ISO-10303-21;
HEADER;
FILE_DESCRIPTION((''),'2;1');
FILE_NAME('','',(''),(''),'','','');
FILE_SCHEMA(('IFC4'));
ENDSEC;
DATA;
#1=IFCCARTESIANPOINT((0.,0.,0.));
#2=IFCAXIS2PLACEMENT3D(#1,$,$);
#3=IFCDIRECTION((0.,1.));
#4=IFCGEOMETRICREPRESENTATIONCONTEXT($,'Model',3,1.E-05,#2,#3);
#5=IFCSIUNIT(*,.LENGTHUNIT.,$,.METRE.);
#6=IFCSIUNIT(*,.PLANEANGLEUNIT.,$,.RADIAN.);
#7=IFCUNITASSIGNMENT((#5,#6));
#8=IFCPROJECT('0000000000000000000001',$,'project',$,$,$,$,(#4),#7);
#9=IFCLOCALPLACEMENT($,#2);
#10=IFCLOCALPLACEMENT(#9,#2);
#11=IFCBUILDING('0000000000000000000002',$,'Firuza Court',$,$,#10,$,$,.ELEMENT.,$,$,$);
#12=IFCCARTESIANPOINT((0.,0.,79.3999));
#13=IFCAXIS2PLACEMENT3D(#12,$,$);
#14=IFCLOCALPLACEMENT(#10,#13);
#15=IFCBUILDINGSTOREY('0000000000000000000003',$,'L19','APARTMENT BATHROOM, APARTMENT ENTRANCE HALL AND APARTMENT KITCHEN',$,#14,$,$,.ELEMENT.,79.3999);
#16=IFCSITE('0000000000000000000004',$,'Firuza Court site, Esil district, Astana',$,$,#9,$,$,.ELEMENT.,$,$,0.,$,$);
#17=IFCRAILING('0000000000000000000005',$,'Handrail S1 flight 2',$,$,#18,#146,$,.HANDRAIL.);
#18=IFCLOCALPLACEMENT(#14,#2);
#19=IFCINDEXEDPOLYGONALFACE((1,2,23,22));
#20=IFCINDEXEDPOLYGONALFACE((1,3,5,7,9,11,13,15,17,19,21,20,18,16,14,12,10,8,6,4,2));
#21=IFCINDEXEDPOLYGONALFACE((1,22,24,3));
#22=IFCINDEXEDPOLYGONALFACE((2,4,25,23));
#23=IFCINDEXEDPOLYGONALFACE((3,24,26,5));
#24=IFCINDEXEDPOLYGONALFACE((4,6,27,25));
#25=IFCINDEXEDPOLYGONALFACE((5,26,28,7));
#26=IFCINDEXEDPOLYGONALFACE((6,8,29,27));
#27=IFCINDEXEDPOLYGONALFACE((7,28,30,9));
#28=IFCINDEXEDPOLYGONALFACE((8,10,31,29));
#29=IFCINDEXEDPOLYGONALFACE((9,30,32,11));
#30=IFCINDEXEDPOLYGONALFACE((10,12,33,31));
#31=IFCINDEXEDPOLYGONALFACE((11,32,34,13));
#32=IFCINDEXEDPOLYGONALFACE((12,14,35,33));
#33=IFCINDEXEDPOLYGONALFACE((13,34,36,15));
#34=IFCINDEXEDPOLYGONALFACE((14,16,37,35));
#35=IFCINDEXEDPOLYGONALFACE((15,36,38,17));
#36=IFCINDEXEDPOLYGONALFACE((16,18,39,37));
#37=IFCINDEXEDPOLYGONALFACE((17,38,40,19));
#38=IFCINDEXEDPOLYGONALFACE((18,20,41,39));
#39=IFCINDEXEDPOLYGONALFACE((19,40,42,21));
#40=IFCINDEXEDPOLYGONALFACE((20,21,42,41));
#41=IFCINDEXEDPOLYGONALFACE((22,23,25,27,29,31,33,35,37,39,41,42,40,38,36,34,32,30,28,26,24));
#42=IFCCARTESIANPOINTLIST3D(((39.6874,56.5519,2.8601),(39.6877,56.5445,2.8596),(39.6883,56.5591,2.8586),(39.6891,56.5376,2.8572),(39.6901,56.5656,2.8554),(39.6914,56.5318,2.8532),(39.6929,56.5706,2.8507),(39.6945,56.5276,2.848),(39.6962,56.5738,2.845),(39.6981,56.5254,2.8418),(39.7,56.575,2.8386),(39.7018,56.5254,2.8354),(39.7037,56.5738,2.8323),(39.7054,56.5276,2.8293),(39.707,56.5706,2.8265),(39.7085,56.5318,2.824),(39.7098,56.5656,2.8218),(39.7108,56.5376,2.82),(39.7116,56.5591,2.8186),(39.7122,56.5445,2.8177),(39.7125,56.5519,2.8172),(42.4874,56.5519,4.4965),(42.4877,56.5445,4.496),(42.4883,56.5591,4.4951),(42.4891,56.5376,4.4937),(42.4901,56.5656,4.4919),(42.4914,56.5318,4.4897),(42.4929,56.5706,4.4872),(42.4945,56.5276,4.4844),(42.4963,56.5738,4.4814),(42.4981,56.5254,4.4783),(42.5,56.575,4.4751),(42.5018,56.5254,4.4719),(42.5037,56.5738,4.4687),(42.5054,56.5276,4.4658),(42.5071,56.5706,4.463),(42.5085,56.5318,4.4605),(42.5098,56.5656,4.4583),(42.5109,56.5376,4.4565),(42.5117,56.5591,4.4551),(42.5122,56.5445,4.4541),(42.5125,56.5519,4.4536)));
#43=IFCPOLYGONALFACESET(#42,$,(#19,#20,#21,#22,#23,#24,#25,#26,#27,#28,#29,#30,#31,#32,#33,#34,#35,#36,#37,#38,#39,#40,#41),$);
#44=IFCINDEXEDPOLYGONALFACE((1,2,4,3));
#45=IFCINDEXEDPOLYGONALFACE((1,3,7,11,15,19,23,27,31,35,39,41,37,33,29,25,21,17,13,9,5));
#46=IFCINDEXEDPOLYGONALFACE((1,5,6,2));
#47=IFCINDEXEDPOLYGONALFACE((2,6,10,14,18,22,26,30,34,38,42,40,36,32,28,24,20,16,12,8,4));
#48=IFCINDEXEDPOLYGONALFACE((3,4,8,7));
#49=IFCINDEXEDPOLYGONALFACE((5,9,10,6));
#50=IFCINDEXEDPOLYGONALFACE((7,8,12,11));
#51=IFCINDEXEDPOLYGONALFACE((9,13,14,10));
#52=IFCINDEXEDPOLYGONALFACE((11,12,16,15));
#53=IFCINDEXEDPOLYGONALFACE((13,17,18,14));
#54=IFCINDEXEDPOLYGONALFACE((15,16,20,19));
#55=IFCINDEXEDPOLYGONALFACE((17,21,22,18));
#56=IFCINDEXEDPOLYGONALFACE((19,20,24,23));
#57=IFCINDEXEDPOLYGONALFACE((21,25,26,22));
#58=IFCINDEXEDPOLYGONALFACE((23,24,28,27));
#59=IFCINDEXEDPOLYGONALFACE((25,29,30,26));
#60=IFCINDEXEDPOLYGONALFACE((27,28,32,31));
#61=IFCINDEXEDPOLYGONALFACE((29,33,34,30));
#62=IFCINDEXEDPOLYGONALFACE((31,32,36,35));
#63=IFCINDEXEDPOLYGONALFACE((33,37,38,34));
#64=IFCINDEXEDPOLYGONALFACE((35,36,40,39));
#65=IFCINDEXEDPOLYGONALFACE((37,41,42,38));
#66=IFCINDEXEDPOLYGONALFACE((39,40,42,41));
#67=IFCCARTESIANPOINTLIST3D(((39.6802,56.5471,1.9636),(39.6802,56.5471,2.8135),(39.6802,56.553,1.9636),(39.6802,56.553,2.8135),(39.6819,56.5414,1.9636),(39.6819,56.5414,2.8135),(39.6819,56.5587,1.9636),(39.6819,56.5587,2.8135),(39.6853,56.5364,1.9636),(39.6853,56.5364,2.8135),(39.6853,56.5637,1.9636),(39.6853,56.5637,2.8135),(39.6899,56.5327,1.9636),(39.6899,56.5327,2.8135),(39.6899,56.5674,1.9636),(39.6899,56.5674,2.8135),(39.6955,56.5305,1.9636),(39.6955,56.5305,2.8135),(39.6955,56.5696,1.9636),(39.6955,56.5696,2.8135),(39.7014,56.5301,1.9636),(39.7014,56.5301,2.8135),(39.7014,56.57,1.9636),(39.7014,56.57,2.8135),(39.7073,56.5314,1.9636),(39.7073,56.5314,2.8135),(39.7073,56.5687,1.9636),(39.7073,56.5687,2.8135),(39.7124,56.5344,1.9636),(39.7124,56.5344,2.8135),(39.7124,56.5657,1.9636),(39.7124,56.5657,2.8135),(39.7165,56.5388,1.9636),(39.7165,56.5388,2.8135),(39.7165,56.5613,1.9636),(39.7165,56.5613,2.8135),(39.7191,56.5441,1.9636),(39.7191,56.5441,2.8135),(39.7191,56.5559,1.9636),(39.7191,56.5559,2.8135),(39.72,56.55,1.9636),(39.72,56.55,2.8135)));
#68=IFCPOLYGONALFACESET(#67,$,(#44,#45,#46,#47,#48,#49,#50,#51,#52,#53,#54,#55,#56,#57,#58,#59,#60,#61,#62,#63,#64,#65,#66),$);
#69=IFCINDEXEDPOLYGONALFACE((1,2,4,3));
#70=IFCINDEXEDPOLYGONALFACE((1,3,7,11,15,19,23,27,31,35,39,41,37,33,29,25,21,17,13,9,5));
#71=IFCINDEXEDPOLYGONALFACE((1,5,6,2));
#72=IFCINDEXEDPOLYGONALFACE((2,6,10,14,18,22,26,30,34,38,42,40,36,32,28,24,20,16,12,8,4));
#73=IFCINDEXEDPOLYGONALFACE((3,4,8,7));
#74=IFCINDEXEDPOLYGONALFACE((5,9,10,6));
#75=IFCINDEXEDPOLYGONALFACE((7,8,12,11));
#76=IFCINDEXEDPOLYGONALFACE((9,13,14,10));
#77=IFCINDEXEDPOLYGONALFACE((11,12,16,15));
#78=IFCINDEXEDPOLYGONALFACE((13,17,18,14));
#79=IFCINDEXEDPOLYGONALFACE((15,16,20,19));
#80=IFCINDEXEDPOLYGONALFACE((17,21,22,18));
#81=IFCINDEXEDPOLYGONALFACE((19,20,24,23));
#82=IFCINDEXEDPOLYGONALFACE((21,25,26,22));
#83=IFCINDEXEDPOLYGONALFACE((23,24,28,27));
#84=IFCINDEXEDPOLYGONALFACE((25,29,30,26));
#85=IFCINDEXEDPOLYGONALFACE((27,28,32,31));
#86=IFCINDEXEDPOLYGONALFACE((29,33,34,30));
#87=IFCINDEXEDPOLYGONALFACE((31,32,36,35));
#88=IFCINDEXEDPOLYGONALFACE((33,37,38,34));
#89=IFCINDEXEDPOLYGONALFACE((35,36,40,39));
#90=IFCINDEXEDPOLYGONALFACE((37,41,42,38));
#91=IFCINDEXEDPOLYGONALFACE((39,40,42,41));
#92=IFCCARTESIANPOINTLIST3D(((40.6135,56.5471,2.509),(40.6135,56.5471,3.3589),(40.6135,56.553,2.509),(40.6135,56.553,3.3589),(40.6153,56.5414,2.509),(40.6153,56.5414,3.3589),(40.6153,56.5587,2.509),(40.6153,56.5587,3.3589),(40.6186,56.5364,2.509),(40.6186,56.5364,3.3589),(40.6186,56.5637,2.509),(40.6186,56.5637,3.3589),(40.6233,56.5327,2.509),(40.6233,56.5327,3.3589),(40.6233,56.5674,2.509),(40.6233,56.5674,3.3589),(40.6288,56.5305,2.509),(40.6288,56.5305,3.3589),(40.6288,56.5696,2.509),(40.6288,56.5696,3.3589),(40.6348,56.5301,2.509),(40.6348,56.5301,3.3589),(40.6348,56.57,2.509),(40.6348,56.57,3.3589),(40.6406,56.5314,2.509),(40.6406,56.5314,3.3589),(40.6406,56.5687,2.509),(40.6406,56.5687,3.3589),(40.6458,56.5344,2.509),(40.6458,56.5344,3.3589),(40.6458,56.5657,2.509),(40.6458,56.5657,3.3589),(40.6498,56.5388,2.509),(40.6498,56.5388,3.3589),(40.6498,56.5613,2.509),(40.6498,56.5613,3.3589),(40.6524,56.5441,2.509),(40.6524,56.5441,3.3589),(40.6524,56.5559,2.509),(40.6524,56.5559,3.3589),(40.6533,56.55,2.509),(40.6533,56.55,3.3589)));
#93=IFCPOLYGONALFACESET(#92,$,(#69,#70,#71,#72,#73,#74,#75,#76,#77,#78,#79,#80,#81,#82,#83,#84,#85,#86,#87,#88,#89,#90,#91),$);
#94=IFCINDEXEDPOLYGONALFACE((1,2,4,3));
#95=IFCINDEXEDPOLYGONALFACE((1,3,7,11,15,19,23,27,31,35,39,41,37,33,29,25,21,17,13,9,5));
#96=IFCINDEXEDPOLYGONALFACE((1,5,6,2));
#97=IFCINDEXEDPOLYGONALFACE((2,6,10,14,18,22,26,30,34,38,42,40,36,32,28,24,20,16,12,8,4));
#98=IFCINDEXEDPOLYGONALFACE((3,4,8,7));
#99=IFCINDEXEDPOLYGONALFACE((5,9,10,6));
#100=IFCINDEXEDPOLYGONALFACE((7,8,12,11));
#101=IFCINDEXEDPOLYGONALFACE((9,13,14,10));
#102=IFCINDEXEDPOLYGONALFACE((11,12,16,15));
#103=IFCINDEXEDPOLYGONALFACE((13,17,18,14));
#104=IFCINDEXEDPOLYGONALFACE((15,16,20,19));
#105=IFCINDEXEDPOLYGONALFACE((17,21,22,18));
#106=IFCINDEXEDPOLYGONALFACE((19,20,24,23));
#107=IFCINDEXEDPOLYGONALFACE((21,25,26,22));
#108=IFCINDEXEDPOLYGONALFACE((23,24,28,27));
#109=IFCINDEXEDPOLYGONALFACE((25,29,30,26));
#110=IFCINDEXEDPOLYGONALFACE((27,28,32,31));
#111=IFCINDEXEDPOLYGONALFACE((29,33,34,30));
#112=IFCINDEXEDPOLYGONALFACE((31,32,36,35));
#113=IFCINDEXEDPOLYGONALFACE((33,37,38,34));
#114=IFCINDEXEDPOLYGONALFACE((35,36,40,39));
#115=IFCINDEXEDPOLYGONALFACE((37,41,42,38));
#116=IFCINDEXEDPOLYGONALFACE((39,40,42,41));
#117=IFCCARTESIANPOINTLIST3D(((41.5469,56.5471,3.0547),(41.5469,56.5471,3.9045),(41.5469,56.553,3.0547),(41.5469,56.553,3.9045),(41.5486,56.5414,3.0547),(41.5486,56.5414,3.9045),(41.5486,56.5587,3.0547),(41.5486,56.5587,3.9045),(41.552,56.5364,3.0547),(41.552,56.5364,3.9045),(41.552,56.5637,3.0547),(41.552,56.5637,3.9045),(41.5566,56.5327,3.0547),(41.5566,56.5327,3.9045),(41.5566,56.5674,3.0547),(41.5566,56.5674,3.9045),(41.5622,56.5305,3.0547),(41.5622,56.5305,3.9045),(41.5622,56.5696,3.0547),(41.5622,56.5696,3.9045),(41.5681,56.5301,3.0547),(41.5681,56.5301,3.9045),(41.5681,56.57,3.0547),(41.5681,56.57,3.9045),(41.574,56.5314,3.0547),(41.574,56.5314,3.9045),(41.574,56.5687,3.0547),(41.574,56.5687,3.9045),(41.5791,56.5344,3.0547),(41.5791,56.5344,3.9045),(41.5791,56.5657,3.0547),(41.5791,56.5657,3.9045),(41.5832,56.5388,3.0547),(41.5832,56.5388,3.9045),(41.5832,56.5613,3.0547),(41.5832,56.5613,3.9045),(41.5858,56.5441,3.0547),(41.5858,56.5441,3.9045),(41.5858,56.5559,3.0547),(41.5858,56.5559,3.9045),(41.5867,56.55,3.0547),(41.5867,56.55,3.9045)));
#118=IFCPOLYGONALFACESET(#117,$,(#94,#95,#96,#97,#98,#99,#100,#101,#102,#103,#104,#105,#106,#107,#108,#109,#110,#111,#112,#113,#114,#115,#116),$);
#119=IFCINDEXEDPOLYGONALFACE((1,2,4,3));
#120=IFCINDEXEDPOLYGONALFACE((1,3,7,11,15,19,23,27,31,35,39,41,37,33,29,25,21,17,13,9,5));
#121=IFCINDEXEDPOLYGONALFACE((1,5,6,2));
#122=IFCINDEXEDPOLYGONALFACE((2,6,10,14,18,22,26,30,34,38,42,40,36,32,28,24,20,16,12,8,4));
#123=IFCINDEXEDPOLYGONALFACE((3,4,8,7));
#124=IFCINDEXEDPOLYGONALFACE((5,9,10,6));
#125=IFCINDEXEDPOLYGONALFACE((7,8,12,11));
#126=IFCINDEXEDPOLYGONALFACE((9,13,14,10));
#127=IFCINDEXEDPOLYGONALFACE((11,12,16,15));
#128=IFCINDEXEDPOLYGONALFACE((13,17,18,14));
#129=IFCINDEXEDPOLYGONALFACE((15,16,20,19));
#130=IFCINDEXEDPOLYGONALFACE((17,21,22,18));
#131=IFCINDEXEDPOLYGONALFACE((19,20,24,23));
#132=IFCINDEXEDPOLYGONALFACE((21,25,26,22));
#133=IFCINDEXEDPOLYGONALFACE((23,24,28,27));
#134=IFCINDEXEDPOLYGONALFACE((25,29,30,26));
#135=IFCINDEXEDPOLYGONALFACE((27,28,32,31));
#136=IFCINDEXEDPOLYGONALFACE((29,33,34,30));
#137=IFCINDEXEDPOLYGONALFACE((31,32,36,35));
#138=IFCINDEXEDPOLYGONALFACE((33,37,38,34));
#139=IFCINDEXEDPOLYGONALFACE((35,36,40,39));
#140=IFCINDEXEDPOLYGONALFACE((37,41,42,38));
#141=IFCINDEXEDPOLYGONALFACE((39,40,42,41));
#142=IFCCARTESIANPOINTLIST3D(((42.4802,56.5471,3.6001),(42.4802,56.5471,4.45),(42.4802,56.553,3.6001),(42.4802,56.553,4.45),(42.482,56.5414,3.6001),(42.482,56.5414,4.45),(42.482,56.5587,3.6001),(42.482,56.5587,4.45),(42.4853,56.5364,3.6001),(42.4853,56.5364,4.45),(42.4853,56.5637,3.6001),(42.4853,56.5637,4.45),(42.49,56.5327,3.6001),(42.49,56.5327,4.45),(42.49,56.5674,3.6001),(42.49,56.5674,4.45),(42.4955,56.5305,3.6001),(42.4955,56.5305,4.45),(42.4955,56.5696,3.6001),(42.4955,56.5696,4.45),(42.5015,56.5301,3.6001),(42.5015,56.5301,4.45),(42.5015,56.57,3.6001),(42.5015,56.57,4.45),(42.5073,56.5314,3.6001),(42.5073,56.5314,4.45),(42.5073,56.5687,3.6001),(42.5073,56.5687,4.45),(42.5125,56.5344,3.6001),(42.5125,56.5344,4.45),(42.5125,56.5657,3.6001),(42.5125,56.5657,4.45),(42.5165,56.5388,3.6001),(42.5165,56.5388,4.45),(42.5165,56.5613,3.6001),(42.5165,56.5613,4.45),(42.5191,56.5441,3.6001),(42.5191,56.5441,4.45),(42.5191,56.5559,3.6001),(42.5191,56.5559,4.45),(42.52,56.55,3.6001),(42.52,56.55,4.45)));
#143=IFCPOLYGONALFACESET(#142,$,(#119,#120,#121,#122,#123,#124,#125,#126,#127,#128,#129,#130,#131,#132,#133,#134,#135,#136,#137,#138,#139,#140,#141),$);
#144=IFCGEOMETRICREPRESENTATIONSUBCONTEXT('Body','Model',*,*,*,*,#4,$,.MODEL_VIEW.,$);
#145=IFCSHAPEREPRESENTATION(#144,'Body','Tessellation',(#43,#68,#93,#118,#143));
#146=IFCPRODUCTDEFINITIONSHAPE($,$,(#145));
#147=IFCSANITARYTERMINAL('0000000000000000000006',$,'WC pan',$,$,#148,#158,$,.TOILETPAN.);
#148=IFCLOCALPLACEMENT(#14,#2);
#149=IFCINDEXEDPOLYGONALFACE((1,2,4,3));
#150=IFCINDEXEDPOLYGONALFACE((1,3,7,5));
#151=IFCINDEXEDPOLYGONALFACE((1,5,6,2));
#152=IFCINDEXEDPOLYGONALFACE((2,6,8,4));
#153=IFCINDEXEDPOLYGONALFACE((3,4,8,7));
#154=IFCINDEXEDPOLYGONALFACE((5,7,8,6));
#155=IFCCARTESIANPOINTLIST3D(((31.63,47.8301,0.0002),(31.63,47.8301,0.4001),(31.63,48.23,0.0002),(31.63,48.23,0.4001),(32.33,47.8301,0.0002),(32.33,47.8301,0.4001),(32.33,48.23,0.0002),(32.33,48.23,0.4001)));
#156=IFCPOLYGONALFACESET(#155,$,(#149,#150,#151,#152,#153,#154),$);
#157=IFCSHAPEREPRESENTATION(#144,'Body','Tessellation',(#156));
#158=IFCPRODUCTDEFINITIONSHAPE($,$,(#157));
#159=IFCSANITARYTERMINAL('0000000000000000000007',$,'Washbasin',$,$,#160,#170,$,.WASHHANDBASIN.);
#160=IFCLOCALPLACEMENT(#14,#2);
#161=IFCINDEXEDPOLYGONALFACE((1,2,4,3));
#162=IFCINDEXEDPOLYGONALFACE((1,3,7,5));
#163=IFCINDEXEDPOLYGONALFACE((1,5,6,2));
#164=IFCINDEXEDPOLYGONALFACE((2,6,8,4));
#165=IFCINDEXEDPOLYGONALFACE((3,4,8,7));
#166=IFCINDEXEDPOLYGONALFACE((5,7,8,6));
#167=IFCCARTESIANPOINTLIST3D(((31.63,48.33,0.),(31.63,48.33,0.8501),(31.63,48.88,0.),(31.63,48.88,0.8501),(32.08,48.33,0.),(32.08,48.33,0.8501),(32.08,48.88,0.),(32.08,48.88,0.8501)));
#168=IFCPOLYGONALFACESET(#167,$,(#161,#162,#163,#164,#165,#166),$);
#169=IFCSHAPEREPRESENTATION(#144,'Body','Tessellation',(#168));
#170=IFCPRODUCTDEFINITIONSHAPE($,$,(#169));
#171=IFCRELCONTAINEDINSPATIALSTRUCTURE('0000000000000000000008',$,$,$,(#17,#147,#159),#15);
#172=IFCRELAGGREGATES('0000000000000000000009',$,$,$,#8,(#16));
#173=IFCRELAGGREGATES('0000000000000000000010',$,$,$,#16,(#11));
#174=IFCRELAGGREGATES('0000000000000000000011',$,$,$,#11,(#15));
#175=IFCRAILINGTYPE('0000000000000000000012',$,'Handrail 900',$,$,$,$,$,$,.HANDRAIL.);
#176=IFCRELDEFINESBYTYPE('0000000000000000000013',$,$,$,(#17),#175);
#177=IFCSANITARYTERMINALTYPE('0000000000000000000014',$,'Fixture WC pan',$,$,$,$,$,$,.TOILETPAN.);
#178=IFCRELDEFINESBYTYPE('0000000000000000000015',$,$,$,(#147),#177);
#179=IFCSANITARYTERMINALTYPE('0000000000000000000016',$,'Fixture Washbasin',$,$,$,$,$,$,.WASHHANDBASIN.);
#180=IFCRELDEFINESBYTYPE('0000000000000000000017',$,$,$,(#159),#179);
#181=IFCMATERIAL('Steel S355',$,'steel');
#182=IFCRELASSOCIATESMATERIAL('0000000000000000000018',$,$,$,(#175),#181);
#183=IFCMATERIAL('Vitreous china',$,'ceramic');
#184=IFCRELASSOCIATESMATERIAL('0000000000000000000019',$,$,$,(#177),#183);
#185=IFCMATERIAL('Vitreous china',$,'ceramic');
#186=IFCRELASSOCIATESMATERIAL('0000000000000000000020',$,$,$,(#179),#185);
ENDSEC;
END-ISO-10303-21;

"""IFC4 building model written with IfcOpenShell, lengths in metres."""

from ifc_helpers import new_model, si_unit, direction, frame, origin, origin_2d, place, context, subcontext, project, spatial, rectangle, circle, extrude, material, type_object, element, save


model = new_model("IFC4")

# Units and contexts
model_context = context("Model", 3, precision=1e-05, world=origin(), true_north=direction((0.0, 1.0)))
body_context = subcontext(model_context, "Body", "Model", "MODEL_VIEW")
ifc_project = project(units=[si_unit("LENGTHUNIT", "METRE"), si_unit("PLANEANGLEUNIT", "RADIAN")], contexts=[model_context])

# Site, building, storey
site_placement = place(None, origin())
site = spatial("IfcSite", under=ifc_project, at=site_placement, Name="Firuza Court site, Esil district, Astana", CompositionType="ELEMENT", RefElevation=0.0)
building_placement = place(site_placement, origin())
building = spatial("IfcBuilding", under=site, at=building_placement, Name="Firuza Court", CompositionType="ELEMENT")
storey_placement = place(building_placement, frame((0.0, 0.0, 79.3999)))
storey = spatial("IfcBuildingStorey", under=building, at=storey_placement, Name="L19", Description="APARTMENT BATHROOM, APARTMENT ENTRANCE HALL AND APARTMENT KITCHEN", CompositionType="ELEMENT", Elevation=79.3999)

# Railing
ifc_material_1 = material(Name="Steel S355", Category="steel")
railing_type_1 = type_object("IfcRailingType", Name="Handrail 900", PredefinedType="HANDRAIL", material=ifc_material_1)
railing_1_placement = place(storey_placement, frame((39.7, 56.55, 1.9636)))
element("IfcRailing", 1, at=railing_1_placement, inside=storey, type_object=railing_type_1, Name="Handrail S1 flight 2", PredefinedType="HANDRAIL", context=body_context, shape_type="SweptSolid", body=[
    extrude(circle(Radius=0.0249, at=origin_2d()), frame((0.0, 0.0, 0.875), z_axis=(0.863361, 0.0, 0.504587), x_axis=(0.0, 1.0, 0.0)), (0.0, 0.0, 1.0), 3.2432),
    extrude(circle(Radius=0.02, at=origin_2d()), origin(), (0.0, 0.0, 1.0), 0.8499),
    extrude(circle(Radius=0.02, at=origin_2d()), frame((0.9333, 0.0, 0.5454)), (0.0, 0.0, 1.0), 0.8499),
    extrude(circle(Radius=0.02, at=origin_2d()), frame((1.8667, 0.0, 1.0911)), (0.0, 0.0, 1.0), 0.8499),
    extrude(circle(Radius=0.02, at=origin_2d()), frame((2.8, 0.0, 1.6365)), (0.0, 0.0, 1.0), 0.8499),
])

# Sanitary terminals
ifc_material_2 = material(Name="Vitreous china", Category="ceramic")
sanitary_terminal_type_1 = type_object("IfcSanitaryTerminalType", Name="Fixture WC pan", PredefinedType="TOILETPAN", material=ifc_material_2)
sanitary_terminal_1_placement = place(storey_placement, frame((31.98, 48.03, 0.0002), z_axis=(0.0, 0.0, 1.0), x_axis=(1.0, 0.0, 0.0)))
element("IfcSanitaryTerminal", 2, at=sanitary_terminal_1_placement, inside=storey, type_object=sanitary_terminal_type_1, Name="WC pan", PredefinedType="TOILETPAN", context=body_context, shape_type="SweptSolid", body=[
    extrude(rectangle(XDim=0.7, YDim=0.3999, at=origin_2d()), origin(), (0.0, 0.0, 1.0), 0.3999),
])
ifc_material_3 = material(Name="Vitreous china", Category="ceramic")
sanitary_terminal_type_2 = type_object("IfcSanitaryTerminalType", Name="Fixture Washbasin", PredefinedType="WASHHANDBASIN", material=ifc_material_3)
sanitary_terminal_2_placement = place(storey_placement, frame((31.855, 48.605, 0.0), z_axis=(0.0, 0.0, 1.0), x_axis=(1.0, 0.0, 0.0)))
element("IfcSanitaryTerminal", 3, at=sanitary_terminal_2_placement, inside=storey, type_object=sanitary_terminal_type_2, Name="Washbasin", PredefinedType="WASHHANDBASIN", context=body_context, shape_type="SweptSolid", body=[
    extrude(rectangle(XDim=0.45, YDim=0.55, at=origin_2d()), origin(), (0.0, 0.0, 1.0), 0.8501),
])

save(model, "model.ifc")
